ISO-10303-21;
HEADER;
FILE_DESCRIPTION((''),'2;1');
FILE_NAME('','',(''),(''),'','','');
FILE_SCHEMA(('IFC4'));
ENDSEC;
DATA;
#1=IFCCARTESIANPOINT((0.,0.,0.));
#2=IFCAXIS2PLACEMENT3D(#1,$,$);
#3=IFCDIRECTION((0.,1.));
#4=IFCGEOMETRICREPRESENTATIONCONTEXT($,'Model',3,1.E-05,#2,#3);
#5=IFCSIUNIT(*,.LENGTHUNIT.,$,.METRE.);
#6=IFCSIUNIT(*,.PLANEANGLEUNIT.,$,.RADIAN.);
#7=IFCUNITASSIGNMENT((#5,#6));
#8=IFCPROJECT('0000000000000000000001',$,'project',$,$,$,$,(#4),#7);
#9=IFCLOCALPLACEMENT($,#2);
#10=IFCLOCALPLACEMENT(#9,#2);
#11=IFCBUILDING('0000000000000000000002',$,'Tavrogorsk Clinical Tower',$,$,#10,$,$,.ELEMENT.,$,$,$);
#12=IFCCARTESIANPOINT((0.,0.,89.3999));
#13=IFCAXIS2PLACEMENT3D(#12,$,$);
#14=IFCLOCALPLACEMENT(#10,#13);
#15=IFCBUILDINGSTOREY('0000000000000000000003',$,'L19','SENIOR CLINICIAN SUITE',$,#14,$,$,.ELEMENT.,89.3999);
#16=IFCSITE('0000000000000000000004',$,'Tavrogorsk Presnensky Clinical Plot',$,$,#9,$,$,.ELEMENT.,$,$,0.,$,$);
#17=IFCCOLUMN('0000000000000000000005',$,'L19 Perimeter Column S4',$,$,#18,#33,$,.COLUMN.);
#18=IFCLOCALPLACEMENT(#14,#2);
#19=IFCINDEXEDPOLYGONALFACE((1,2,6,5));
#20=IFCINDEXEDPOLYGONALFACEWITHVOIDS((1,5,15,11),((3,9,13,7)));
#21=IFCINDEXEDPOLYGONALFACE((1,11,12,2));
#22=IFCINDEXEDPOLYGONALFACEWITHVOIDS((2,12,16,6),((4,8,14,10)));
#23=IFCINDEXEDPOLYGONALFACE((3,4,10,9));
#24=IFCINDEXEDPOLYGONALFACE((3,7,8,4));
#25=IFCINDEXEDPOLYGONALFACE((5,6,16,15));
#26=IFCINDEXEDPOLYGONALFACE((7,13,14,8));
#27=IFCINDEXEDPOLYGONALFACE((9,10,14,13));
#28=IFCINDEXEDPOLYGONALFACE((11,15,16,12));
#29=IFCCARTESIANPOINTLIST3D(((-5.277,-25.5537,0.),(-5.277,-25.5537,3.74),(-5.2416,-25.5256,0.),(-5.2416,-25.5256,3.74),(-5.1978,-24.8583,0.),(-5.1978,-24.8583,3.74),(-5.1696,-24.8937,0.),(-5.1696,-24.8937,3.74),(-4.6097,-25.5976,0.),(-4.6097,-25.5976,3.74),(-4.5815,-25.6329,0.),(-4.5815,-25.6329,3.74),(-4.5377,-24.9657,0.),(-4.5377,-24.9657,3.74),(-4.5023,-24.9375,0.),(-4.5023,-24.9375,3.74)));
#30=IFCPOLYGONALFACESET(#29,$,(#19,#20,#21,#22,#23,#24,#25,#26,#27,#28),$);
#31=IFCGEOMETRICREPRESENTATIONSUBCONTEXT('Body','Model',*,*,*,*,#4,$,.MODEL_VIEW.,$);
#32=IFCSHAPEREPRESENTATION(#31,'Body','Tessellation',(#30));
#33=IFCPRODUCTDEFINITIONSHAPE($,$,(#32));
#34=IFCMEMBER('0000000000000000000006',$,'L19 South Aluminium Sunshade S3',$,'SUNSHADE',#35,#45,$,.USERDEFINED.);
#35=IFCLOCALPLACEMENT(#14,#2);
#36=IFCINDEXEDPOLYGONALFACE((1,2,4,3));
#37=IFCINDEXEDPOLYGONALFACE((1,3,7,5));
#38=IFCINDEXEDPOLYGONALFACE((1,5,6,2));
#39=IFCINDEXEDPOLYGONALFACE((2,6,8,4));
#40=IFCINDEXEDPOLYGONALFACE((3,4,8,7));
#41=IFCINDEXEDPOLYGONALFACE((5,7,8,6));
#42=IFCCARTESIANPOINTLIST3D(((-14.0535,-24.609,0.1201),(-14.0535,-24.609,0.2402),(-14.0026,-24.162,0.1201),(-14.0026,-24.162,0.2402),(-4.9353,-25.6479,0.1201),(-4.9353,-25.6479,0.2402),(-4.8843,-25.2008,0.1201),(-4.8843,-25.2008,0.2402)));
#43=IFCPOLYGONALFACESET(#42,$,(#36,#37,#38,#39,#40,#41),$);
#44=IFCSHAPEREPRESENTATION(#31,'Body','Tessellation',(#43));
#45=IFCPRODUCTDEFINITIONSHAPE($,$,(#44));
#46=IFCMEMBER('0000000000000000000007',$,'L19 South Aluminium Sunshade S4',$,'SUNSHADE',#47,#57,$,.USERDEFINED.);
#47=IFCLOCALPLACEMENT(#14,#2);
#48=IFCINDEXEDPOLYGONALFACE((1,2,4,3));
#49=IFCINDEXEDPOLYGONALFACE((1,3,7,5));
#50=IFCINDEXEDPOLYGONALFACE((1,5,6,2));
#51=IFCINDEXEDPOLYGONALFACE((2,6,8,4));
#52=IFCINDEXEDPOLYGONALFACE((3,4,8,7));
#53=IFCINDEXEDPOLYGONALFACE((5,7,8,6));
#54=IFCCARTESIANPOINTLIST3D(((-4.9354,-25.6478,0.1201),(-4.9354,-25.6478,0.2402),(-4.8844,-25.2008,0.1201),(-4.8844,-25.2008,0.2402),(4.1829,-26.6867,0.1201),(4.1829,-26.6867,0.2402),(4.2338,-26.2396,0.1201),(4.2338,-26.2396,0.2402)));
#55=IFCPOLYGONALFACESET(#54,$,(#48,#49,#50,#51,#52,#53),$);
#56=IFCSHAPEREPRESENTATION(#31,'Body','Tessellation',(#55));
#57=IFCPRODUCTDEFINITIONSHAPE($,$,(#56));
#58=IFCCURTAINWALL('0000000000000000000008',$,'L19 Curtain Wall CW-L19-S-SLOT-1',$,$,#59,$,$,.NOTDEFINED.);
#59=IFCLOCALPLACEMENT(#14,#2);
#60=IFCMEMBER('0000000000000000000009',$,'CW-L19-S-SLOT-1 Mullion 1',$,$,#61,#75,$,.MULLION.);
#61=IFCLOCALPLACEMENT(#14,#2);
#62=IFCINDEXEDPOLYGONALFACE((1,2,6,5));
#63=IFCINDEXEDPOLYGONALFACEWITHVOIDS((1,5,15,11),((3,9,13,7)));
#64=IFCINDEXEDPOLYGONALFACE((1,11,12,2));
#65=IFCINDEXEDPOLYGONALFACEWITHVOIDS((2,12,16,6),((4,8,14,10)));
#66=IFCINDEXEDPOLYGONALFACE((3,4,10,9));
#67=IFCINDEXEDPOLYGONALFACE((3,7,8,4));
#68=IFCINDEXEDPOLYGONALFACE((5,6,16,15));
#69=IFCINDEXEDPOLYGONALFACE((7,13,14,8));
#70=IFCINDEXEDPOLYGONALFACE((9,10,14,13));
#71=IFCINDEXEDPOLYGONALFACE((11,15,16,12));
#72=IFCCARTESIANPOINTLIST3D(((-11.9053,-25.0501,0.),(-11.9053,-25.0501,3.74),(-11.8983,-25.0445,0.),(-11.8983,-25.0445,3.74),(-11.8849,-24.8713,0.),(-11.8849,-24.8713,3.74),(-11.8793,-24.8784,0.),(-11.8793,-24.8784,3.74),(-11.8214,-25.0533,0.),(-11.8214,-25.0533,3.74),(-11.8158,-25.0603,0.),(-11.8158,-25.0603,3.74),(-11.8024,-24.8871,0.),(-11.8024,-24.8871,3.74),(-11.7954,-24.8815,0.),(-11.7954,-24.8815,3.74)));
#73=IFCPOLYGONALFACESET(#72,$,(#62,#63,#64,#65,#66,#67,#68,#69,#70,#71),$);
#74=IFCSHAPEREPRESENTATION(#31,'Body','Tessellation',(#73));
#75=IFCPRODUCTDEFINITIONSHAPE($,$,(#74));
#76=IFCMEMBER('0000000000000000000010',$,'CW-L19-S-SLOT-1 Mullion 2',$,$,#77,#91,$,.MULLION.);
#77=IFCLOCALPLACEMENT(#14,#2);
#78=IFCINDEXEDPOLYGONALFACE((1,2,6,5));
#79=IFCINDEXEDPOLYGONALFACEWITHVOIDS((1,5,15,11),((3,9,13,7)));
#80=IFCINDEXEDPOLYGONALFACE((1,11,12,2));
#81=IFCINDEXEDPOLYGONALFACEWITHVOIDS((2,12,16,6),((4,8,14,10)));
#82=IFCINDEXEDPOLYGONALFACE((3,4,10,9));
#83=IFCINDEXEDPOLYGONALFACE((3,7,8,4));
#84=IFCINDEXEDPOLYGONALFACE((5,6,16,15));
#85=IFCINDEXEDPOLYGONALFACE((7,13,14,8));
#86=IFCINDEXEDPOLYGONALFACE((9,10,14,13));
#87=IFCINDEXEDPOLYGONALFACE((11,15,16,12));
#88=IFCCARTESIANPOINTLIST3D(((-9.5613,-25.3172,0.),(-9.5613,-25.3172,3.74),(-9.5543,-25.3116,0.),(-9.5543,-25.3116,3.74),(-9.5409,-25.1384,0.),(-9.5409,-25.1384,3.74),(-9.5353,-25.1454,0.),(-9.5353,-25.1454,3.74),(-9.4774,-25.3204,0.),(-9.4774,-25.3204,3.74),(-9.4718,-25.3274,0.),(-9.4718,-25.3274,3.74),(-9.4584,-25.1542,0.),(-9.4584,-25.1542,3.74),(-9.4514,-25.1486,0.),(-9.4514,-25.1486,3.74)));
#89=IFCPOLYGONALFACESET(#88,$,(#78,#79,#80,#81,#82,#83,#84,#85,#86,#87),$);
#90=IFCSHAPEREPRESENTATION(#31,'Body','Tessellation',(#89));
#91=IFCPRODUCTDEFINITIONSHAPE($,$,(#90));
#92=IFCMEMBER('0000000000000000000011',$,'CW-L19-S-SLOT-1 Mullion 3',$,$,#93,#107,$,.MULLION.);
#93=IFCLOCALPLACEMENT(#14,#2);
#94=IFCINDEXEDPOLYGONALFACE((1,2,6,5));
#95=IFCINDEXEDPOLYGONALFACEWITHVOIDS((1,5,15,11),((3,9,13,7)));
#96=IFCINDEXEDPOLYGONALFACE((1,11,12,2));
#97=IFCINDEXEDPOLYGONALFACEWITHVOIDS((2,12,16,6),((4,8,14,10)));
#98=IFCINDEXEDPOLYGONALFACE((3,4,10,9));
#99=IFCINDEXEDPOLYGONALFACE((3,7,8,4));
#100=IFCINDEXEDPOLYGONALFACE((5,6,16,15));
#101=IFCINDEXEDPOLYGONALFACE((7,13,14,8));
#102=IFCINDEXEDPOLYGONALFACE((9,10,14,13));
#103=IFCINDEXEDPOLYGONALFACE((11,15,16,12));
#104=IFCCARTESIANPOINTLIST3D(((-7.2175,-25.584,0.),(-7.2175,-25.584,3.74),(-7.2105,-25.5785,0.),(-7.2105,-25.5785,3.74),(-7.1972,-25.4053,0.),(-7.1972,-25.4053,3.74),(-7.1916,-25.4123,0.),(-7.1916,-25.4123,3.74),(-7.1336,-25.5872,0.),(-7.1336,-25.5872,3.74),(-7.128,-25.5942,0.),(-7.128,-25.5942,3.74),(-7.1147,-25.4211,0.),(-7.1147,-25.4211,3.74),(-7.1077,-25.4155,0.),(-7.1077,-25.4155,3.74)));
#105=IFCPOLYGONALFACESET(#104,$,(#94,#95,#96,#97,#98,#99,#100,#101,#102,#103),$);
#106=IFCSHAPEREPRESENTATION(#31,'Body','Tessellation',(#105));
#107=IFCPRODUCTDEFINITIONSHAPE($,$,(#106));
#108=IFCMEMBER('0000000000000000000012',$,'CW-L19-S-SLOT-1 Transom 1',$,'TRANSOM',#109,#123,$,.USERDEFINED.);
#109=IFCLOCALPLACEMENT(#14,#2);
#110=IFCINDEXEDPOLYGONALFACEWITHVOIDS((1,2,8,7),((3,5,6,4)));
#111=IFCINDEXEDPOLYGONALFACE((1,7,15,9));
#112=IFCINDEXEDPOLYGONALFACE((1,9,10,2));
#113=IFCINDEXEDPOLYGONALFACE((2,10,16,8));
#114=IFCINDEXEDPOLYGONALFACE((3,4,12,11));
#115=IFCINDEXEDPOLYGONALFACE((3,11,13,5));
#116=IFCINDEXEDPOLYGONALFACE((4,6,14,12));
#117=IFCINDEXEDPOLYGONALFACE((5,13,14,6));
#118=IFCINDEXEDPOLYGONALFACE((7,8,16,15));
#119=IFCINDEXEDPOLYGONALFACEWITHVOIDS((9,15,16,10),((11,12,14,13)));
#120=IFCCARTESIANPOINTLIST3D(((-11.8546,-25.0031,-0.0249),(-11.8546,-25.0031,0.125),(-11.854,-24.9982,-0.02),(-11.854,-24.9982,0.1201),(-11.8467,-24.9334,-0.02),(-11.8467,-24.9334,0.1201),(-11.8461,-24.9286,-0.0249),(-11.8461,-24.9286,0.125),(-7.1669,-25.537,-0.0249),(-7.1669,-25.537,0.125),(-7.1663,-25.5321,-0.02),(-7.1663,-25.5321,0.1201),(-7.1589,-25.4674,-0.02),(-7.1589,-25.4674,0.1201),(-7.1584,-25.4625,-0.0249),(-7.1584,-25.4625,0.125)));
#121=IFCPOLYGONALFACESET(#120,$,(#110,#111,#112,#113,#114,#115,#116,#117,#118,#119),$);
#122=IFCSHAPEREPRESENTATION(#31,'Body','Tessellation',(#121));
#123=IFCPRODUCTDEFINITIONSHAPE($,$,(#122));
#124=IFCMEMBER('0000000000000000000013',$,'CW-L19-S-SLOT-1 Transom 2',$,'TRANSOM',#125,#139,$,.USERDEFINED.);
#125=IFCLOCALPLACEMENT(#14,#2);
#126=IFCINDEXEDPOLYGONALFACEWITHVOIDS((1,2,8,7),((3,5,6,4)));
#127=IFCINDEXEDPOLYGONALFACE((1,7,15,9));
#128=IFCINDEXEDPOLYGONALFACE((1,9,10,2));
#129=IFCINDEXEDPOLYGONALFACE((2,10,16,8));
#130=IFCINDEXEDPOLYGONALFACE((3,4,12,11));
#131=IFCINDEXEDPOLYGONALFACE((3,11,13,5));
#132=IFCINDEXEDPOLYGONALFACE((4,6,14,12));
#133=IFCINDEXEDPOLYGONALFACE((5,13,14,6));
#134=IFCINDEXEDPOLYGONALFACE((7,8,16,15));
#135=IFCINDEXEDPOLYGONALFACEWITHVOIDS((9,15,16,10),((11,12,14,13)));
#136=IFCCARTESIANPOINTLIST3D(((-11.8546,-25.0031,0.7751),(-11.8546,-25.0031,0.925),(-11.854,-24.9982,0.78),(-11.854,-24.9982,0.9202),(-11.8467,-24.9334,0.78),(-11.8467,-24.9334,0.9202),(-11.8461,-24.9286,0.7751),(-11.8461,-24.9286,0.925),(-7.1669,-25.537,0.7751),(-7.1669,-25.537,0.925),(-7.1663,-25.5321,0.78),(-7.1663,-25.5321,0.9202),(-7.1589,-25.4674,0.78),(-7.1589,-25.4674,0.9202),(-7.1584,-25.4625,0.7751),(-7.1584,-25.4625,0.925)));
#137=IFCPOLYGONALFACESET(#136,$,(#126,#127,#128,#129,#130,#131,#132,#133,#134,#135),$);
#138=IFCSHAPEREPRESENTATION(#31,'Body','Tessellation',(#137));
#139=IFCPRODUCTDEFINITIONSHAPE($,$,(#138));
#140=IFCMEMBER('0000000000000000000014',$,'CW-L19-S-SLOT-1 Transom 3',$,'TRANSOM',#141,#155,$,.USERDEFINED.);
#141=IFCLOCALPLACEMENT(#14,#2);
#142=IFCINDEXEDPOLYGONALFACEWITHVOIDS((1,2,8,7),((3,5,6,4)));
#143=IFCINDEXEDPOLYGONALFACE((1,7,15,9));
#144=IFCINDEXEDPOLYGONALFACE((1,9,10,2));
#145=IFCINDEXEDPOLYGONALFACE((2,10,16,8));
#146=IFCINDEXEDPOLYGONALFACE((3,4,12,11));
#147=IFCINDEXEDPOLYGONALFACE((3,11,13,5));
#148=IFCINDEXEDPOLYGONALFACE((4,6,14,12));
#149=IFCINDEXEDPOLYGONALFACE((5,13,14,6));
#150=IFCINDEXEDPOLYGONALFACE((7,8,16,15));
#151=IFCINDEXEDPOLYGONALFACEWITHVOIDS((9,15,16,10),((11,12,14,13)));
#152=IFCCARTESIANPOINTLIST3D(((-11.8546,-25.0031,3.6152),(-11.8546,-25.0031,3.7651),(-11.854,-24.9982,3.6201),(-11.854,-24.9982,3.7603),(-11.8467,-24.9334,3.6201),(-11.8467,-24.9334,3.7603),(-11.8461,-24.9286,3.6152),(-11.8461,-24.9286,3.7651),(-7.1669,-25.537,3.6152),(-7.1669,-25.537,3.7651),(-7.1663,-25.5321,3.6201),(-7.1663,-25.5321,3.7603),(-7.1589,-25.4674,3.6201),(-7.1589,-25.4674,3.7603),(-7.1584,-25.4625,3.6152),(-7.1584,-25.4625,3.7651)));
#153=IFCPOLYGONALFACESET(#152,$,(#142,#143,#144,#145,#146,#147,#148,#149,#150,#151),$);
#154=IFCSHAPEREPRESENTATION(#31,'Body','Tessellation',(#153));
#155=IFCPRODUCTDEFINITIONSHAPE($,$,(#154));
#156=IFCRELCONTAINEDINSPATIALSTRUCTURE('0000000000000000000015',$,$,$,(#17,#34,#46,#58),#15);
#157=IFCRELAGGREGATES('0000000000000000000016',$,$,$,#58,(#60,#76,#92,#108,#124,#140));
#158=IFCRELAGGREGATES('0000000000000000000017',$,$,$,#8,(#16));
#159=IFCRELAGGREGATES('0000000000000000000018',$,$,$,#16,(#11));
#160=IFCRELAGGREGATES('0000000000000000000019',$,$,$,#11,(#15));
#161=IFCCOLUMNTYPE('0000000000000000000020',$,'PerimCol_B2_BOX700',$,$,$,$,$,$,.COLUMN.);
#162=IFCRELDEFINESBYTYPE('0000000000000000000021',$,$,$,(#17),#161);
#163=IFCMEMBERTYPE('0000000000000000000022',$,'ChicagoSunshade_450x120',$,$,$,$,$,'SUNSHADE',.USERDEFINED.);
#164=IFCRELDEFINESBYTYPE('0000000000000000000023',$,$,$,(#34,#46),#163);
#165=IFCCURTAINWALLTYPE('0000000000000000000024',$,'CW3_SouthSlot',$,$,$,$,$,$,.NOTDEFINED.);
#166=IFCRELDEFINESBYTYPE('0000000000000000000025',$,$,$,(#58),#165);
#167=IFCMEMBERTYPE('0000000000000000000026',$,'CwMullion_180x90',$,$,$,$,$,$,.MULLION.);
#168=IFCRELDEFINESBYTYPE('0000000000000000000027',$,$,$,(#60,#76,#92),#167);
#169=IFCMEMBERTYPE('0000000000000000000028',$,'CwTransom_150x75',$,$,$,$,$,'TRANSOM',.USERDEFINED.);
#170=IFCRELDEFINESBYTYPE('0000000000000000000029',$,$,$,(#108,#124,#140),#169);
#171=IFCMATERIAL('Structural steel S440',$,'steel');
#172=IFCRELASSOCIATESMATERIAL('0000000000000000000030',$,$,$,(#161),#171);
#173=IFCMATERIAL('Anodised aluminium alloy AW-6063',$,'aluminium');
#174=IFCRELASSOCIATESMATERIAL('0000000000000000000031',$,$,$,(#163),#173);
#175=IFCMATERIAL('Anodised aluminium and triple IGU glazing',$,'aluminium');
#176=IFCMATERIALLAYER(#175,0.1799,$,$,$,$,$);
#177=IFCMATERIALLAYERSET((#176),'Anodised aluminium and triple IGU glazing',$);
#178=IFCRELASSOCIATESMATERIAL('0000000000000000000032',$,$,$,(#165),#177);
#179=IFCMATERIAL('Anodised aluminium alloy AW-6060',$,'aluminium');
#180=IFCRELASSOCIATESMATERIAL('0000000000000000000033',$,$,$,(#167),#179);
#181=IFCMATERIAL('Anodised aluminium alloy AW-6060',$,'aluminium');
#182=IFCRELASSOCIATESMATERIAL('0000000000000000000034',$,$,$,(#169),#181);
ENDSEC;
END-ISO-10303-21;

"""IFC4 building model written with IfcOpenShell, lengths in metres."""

from ifc_helpers import new_model, si_unit, direction, frame, origin, origin_2d, place, context, subcontext, project, spatial, rectangle, hollow_rectangle, extrude, material, layer, layer_set, material_profile, profile_set, type_object, element, aggregate, save


model = new_model("IFC4")

# Units and contexts
model_context = context("Model", 3, precision=1e-05, world=origin(), true_north=direction((0.0, 1.0)))
body_context = subcontext(model_context, "Body", "Model", "MODEL_VIEW")
ifc_project = project(units=[si_unit("LENGTHUNIT", "METRE"), si_unit("PLANEANGLEUNIT", "RADIAN")], contexts=[model_context])

# Site, building, storey
site_placement = place(None, origin())
site = spatial("IfcSite", under=ifc_project, at=site_placement, Name="Tavrogorsk Presnensky Clinical Plot", CompositionType="ELEMENT", RefElevation=0.0)
building_placement = place(site_placement, origin())
building = spatial("IfcBuilding", under=site, at=building_placement, Name="Tavrogorsk Clinical Tower", CompositionType="ELEMENT")
storey_placement = place(building_placement, frame((0.0, 0.0, 89.3999)))
storey = spatial("IfcBuildingStorey", under=building, at=storey_placement, Name="L19", Description="SENIOR CLINICIAN SUITE", CompositionType="ELEMENT", Elevation=89.3999)

# Column
ifc_material_1 = material(Name="Structural steel S440", Category="steel")
ifc_material_profile_1 = material_profile(ifc_material_1, hollow_rectangle(XDim=0.7, YDim=0.7, WallThickness=0.032, at=origin_2d()), Name="BOX-700x700x32")
ifc_profile_set_1 = profile_set([ifc_material_profile_1], Name="Structural steel S440")
column_type = type_object("IfcColumnType", Name="PerimCol_B2_BOX700", PredefinedType="COLUMN", material=ifc_profile_set_1)
column_placement = place(storey_placement, frame((-4.8896, -25.2456, 0.0), z_axis=(0.0, 0.0, 1.0), x_axis=(0.993572, -0.113203, 0.0)))
element("IfcColumn", 1, at=column_placement, inside=storey, type_object=column_type, Name="L19 Perimeter Column S4", PredefinedType="COLUMN", context=body_context, shape_type="SweptSolid", body=[
    extrude(hollow_rectangle(XDim=0.7, YDim=0.7, WallThickness=0.032, at=origin_2d()), origin(), (0.0, 0.0, 1.0), 3.74),
])

# Members
ifc_material_2 = material(Name="Anodised aluminium alloy AW-6063", Category="aluminium")
ifc_material_profile_2 = material_profile(ifc_material_2, rectangle(XDim=0.45, YDim=0.1201, at=origin_2d()), Name="ALU-SUNSHADE-450x120")
ifc_profile_set_2 = profile_set([ifc_material_profile_2], Name="Anodised aluminium alloy AW-6063")
member_type_1 = type_object("IfcMemberType", Name="ChicagoSunshade_450x120", ElementType="SUNSHADE", PredefinedType="USERDEFINED", material=ifc_profile_set_2)
for number, where, z_axis, x_axis, name in (
    (2, (-14.0281, -24.3855, 0.1802), (0.993573, -0.113196, 0.0), (0.113196, 0.993573, 0.0), "L19 South Aluminium Sunshade S3"),
    (3, (-4.9099, -25.4243, 0.1802), (0.993573, -0.113196, 0.0), (0.113196, 0.993573, 0.0), "L19 South Aluminium Sunshade S4"),
):
    element("IfcMember", number, at=place(storey_placement, frame(where, z_axis=z_axis, x_axis=x_axis)), inside=storey, type_object=member_type_1, Name=name, ObjectType="SUNSHADE", PredefinedType="USERDEFINED", context=body_context, shape_type="SweptSolid", body=[
        extrude(rectangle(XDim=0.45, YDim=0.1201, at=origin_2d()), origin(), (0.0, 0.0, 1.0), 9.1772),
    ])

# Curtain wall, members
ifc_material_3 = material(Name="Anodised aluminium and triple IGU glazing", Category="aluminium")
ifc_layer_1 = layer(ifc_material_3, 0.1799)
ifc_layer_set_1 = layer_set([ifc_layer_1], Name="Anodised aluminium and triple IGU glazing")
curtain_wall_type = type_object("IfcCurtainWallType", Name="CW3_SouthSlot", PredefinedType="NOTDEFINED", material=ifc_layer_set_1)
curtain_wall_placement = place(storey_placement, origin())
curtain_wall = element("IfcCurtainWall", 4, at=curtain_wall_placement, inside=storey, type_object=curtain_wall_type, Name="L19 Curtain Wall CW-L19-S-SLOT-1", PredefinedType="NOTDEFINED")
ifc_material_4 = material(Name="Anodised aluminium alloy AW-6060", Category="aluminium")
ifc_material_profile_3 = material_profile(ifc_material_4, hollow_rectangle(XDim=0.0901, YDim=0.1799, WallThickness=0.0063, at=origin_2d()), Name="RHS-180x90x6.3")
ifc_profile_set_3 = profile_set([ifc_material_profile_3], Name="Anodised aluminium alloy AW-6060")
member_type_2 = type_object("IfcMemberType", Name="CwMullion_180x90", PredefinedType="MULLION", material=ifc_profile_set_3)
member_1_placement = place(storey_placement, frame((-11.8503, -24.9658, 0.0), z_axis=(0.0, 0.0, 1.0), x_axis=(0.993572, -0.113203, 0.0)))
member_1 = element("IfcMember", 5, at=member_1_placement, type_object=member_type_2, Name="CW-L19-S-SLOT-1 Mullion 1", PredefinedType="MULLION", context=body_context, shape_type="SweptSolid", body=[
    extrude(hollow_rectangle(XDim=0.0901, YDim=0.1799, WallThickness=0.0063, at=origin_2d()), origin(), (0.0, 0.0, 1.0), 3.74),
])
member_2_placement = place(storey_placement, frame((-9.5063, -25.2329, 0.0), z_axis=(0.0, 0.0, 1.0), x_axis=(0.993572, -0.113203, 0.0)))
member_2 = element("IfcMember", 6, at=member_2_placement, type_object=member_type_2, Name="CW-L19-S-SLOT-1 Mullion 2", PredefinedType="MULLION", context=body_context, shape_type="SweptSolid", body=[
    extrude(hollow_rectangle(XDim=0.0901, YDim=0.1799, WallThickness=0.0063, at=origin_2d()), origin(), (0.0, 0.0, 1.0), 3.74),
])
member_3_placement = place(storey_placement, frame((-7.1626, -25.4998, 0.0), z_axis=(0.0, 0.0, 1.0), x_axis=(0.993572, -0.113203, 0.0)))
member_3 = element("IfcMember", 7, at=member_3_placement, type_object=member_type_2, Name="CW-L19-S-SLOT-1 Mullion 3", PredefinedType="MULLION", context=body_context, shape_type="SweptSolid", body=[
    extrude(hollow_rectangle(XDim=0.0901, YDim=0.1799, WallThickness=0.0063, at=origin_2d()), origin(), (0.0, 0.0, 1.0), 3.74),
])
ifc_material_5 = material(Name="Anodised aluminium alloy AW-6060", Category="aluminium")
ifc_material_profile_4 = material_profile(ifc_material_5, hollow_rectangle(XDim=0.075, YDim=0.1499, WallThickness=0.0049, at=origin_2d()), Name="RHS-150x75x5")
ifc_profile_set_4 = profile_set([ifc_material_profile_4], Name="Anodised aluminium alloy AW-6060")
member_type_3 = type_object("IfcMemberType", Name="CwTransom_150x75", ElementType="TRANSOM", PredefinedType="USERDEFINED", material=ifc_profile_set_4)
member_4_placement = place(storey_placement, frame((-11.8503, -24.9658, 0.05), z_axis=(0.993576, -0.113169, 0.0), x_axis=(0.113169, 0.993576, 0.0)))
member_4 = element("IfcMember", 8, at=member_4_placement, type_object=member_type_3, Name="CW-L19-S-SLOT-1 Transom 1", ObjectType="TRANSOM", PredefinedType="USERDEFINED", context=body_context, shape_type="SweptSolid", body=[
    extrude(hollow_rectangle(XDim=0.075, YDim=0.1499, WallThickness=0.0049, at=origin_2d()), origin(), (0.0, 0.0, 1.0), 4.718),
])
member_5_placement = place(storey_placement, frame((-11.8503, -24.9658, 0.8501), z_axis=(0.993576, -0.113169, 0.0), x_axis=(0.113169, 0.993576, 0.0)))
member_5 = element("IfcMember", 9, at=member_5_placement, type_object=member_type_3, Name="CW-L19-S-SLOT-1 Transom 2", ObjectType="TRANSOM", PredefinedType="USERDEFINED", context=body_context, shape_type="SweptSolid", body=[
    extrude(hollow_rectangle(XDim=0.075, YDim=0.1499, WallThickness=0.0049, at=origin_2d()), origin(), (0.0, 0.0, 1.0), 4.718),
])
member_6_placement = place(storey_placement, frame((-11.8503, -24.9658, 3.6902), z_axis=(0.993576, -0.113169, 0.0), x_axis=(0.113169, 0.993576, 0.0)))
member_6 = element("IfcMember", 10, at=member_6_placement, type_object=member_type_3, Name="CW-L19-S-SLOT-1 Transom 3", ObjectType="TRANSOM", PredefinedType="USERDEFINED", context=body_context, shape_type="SweptSolid", body=[
    extrude(hollow_rectangle(XDim=0.075, YDim=0.1499, WallThickness=0.0049, at=origin_2d()), origin(), (0.0, 0.0, 1.0), 4.718),
])

aggregate(curtain_wall, [member_1, member_2, member_3, member_4, member_5, member_6])

save(model, "model.ifc")
